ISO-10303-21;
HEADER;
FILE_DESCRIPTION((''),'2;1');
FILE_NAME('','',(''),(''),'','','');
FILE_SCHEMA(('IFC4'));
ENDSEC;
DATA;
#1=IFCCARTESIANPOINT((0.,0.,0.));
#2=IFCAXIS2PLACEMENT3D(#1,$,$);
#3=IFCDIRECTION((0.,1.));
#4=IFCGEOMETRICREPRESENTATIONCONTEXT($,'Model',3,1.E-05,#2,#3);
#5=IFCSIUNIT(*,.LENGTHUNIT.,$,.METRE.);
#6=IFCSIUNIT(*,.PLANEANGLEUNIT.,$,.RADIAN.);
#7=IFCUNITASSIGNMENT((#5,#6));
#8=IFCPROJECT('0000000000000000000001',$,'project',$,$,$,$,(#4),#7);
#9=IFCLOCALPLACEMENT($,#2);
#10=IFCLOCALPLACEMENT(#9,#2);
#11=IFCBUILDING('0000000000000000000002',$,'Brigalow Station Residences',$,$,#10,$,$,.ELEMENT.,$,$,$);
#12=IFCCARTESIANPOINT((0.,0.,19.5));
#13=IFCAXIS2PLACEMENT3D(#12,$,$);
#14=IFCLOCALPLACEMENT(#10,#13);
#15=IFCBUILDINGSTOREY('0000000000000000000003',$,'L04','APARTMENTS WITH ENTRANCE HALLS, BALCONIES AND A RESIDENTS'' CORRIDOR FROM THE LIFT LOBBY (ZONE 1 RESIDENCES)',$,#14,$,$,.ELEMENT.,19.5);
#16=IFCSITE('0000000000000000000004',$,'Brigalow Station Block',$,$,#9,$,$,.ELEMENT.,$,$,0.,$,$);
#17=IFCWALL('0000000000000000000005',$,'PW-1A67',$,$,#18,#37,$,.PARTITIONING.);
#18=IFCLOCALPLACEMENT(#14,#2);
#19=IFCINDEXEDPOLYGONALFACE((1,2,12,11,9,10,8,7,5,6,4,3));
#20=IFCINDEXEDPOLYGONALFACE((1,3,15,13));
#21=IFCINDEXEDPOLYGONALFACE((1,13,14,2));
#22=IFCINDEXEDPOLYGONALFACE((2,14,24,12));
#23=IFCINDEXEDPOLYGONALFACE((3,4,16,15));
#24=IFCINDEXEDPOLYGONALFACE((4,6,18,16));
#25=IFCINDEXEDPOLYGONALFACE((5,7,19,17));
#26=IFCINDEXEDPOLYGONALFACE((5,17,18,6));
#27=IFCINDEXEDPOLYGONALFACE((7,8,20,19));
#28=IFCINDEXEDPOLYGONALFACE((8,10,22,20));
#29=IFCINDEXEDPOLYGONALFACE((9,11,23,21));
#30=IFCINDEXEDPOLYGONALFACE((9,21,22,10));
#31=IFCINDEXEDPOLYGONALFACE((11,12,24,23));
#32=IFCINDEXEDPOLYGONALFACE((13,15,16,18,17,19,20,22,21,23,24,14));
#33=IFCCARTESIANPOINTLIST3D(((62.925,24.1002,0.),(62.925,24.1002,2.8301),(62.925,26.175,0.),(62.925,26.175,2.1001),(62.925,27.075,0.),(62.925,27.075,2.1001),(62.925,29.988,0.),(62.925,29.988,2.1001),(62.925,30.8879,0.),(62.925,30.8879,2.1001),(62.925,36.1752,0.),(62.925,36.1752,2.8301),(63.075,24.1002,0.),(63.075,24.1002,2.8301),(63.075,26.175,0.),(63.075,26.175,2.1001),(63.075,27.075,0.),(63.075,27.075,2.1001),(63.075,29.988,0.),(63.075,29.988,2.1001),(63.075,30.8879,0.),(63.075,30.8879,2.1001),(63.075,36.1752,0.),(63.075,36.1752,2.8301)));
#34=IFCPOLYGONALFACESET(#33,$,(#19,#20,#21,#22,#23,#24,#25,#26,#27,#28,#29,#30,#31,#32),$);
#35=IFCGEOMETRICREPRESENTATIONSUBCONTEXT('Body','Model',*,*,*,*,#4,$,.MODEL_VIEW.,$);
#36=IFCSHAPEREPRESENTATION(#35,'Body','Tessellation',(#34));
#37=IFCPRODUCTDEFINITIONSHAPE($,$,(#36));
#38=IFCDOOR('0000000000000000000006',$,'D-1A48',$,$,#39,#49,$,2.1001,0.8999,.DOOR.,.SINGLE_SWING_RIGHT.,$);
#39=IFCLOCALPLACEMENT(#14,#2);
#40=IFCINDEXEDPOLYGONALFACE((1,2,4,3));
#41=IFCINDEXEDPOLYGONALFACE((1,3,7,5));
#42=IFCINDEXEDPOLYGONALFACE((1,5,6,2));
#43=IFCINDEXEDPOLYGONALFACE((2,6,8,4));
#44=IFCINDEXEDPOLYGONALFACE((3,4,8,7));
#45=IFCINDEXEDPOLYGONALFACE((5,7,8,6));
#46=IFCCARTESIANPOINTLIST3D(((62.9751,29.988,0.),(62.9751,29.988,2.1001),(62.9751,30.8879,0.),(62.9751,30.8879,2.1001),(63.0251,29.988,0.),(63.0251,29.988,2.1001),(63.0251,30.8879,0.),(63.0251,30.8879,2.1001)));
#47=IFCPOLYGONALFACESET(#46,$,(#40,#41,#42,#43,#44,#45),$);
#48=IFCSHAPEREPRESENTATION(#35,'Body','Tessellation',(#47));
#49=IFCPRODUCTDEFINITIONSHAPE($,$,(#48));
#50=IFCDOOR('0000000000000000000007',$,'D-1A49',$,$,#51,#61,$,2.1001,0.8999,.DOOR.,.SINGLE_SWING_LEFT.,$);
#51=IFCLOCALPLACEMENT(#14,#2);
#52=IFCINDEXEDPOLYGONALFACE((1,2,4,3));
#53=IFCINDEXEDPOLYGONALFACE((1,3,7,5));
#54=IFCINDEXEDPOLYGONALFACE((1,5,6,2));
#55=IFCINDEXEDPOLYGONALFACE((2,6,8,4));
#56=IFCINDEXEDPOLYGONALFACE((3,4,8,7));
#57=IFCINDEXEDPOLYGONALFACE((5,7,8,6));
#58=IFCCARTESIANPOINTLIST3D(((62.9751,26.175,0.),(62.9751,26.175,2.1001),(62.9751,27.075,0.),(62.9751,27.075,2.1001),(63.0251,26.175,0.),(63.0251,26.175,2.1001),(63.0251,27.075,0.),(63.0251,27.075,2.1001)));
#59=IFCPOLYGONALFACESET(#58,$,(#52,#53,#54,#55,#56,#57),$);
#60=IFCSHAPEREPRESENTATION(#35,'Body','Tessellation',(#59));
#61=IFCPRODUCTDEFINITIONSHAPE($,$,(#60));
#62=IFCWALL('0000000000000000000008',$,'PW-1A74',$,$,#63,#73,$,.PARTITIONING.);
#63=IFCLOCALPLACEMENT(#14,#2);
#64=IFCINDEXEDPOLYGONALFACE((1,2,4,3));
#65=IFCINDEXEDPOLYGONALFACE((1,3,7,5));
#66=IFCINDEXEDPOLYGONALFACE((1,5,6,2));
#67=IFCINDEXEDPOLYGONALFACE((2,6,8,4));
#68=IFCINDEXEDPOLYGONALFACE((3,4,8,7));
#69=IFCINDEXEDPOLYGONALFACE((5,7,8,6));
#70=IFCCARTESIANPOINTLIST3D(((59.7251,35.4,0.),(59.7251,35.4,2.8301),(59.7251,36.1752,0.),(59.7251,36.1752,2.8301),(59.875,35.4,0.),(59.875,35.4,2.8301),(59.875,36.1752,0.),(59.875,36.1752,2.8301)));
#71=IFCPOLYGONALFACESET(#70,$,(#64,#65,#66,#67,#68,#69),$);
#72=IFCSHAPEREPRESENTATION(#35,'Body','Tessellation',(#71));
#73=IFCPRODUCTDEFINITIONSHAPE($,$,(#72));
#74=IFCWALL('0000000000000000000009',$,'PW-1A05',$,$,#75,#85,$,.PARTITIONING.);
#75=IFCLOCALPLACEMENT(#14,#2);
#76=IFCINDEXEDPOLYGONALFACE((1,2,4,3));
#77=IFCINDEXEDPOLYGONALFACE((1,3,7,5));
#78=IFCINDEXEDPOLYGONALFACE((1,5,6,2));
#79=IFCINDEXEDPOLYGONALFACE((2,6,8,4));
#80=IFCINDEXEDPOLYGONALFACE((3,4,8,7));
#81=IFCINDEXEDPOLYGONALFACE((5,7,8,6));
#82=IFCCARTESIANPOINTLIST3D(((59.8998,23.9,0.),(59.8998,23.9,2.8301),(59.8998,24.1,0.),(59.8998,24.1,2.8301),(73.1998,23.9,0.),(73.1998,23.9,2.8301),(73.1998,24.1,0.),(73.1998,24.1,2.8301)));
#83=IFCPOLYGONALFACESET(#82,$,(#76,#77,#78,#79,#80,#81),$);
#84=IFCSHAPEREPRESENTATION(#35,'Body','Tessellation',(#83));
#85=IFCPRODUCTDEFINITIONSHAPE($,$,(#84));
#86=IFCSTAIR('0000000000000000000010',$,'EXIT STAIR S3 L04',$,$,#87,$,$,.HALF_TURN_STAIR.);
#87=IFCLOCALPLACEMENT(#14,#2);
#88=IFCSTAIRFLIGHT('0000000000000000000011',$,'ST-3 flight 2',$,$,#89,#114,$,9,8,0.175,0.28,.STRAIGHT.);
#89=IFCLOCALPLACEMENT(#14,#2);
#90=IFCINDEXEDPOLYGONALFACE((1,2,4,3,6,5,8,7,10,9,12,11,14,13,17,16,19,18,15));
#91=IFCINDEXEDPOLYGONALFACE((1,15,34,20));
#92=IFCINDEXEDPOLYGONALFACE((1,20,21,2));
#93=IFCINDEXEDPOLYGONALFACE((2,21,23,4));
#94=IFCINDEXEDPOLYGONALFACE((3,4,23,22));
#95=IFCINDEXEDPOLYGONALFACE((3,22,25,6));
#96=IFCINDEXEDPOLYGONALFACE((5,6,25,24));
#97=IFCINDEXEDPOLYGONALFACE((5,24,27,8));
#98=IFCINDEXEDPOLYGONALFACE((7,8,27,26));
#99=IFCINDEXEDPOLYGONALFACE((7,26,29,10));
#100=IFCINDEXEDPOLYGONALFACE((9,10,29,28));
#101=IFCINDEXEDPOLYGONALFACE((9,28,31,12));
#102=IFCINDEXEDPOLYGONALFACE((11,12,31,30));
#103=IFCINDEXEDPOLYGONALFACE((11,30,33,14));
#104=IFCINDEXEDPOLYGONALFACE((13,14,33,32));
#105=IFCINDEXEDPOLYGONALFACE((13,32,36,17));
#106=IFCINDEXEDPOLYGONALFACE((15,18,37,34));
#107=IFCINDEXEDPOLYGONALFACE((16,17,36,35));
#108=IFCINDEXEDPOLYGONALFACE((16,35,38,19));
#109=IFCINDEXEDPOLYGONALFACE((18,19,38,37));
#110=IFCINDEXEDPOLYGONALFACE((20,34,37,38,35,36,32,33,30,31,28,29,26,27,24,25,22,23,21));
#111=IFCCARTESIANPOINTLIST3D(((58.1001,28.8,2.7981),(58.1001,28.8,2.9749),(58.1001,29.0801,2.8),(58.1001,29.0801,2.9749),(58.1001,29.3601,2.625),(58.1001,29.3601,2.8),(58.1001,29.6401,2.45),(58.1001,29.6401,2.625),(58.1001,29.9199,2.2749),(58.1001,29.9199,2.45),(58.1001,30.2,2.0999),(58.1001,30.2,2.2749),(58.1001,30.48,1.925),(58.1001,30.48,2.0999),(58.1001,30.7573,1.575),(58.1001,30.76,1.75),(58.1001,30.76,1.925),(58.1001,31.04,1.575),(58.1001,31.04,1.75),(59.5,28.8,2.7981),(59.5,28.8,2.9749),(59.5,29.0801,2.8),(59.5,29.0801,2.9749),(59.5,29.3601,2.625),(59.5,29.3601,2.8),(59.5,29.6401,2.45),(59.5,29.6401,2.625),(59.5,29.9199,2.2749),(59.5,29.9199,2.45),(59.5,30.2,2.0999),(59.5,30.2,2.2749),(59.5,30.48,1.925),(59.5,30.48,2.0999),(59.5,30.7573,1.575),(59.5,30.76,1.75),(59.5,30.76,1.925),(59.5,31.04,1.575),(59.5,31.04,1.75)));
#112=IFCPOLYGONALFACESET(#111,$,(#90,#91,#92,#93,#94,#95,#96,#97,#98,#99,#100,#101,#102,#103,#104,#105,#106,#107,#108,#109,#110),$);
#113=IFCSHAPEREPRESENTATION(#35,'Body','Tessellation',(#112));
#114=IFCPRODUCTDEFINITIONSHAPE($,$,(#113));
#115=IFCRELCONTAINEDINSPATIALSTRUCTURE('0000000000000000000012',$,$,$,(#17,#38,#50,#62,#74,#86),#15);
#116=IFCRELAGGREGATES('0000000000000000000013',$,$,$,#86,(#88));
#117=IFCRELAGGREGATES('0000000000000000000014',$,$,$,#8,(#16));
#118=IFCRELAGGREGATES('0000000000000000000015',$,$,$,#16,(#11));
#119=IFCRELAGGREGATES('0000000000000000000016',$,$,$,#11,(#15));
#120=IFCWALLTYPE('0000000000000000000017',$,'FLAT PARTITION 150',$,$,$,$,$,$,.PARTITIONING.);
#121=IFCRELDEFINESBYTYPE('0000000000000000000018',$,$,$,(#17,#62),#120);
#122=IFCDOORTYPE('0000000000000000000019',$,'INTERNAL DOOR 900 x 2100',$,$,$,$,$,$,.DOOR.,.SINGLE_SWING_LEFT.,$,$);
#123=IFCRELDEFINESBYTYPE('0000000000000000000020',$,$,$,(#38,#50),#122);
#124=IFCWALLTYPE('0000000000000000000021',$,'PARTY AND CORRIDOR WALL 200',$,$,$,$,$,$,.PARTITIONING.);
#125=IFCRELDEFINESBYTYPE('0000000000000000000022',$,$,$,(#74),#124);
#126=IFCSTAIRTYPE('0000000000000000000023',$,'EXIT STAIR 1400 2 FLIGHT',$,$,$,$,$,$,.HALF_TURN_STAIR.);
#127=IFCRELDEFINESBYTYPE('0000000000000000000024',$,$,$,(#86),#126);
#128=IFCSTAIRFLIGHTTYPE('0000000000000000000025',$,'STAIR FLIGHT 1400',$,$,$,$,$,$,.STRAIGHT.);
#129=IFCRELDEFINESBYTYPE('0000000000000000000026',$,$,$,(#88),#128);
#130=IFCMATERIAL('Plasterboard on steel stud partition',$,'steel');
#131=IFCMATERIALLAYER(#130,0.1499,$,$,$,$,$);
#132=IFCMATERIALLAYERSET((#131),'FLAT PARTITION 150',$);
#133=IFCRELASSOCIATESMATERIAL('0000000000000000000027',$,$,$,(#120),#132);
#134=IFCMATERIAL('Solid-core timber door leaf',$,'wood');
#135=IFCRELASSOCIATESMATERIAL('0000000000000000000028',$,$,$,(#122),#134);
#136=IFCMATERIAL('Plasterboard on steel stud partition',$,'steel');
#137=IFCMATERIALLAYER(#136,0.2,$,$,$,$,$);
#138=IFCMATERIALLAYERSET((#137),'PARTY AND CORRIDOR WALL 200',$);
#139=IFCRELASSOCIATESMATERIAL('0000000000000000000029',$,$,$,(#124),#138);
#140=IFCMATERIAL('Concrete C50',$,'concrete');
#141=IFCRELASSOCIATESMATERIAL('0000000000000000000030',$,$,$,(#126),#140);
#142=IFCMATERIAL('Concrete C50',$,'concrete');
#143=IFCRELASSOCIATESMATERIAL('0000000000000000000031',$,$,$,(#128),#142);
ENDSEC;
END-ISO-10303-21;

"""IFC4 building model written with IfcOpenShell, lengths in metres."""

from ifc_helpers import new_model, si_unit, direction, frame, frame_2d, origin, place, context, subcontext, project, spatial, polyline, rectangle, outline, extrude, material, layer, layer_set, type_object, element, fill, aggregate, save


model = new_model("IFC4")

# Units and contexts
model_context = context("Model", 3, precision=1e-05, world=origin(), true_north=direction((0.0, 1.0)))
body_context = subcontext(model_context, "Body", "Model", "MODEL_VIEW")
ifc_project = project(units=[si_unit("LENGTHUNIT", "METRE"), si_unit("PLANEANGLEUNIT", "RADIAN")], contexts=[model_context])

# Site, building, storey
site_placement = place(None, origin())
site = spatial("IfcSite", under=ifc_project, at=site_placement, Name="Brigalow Station Block", CompositionType="ELEMENT", RefElevation=0.0)
building_placement = place(site_placement, origin())
building = spatial("IfcBuilding", under=site, at=building_placement, Name="Brigalow Station Residences", CompositionType="ELEMENT")
storey_placement = place(building_placement, frame((0.0, 0.0, 19.5)))
storey = spatial("IfcBuildingStorey", under=building, at=storey_placement, Name="L04", Description="APARTMENTS WITH ENTRANCE HALLS, BALCONIES AND A RESIDENTS' CORRIDOR FROM THE LIFT LOBBY (ZONE 1 RESIDENCES)", CompositionType="ELEMENT", Elevation=19.5)

# Shared definitions
ifc_material_1 = material(Name="Plasterboard on steel stud partition", Category="steel")
ifc_layer_1 = layer(ifc_material_1, 0.1499)
ifc_layer_set_1 = layer_set([ifc_layer_1], Name="FLAT PARTITION 150")
wall_type_1 = type_object("IfcWallType", Name="FLAT PARTITION 150", PredefinedType="PARTITIONING", material=ifc_layer_set_1)

# Shared definitions
ifc_material_2 = material(Name="Solid-core timber door leaf", Category="wood")
door_type_1 = type_object("IfcDoorType", Name="INTERNAL DOOR 900 x 2100", OperationType="SINGLE_SWING_LEFT", PredefinedType="DOOR", material=ifc_material_2)

# Wall, openings, doors
wall_1_placement = place(storey_placement, frame((63.0, 24.1001, 0.0), z_axis=(0.0, 0.0, 1.0), x_axis=(0.0, 1.0, 0.0)))
wall_1 = element("IfcWall", 1, at=wall_1_placement, inside=storey, type_object=wall_type_1, Name="PW-1A67", PredefinedType="PARTITIONING", context=body_context, shape_type="SweptSolid", body=[
    extrude(rectangle(XDim=12.075, YDim=0.1499, at=frame_2d((6.0376, 0.0))), origin(), (0.0, 0.0, 1.0), 2.8301),
])
opening_1_placement = place(wall_1_placement, frame((5.8879, 0.0, 0.0)))
opening_1 = element("IfcOpeningElement", 2, at=opening_1_placement, cuts=wall_1, PredefinedType="OPENING", context=body_context, shape_type="SweptSolid", body=[
    extrude(rectangle(XDim=0.8999, YDim=2.1001, at=frame_2d((0.45, 1.05))), frame((0.0, 0.085, 0.0), z_axis=(0.0, -1.0, 0.0), x_axis=(1.0, 0.0, 0.0)), (0.0, 0.0, 1.0), 0.1699),
])
opening_2_placement = place(wall_1_placement, frame((2.075, 0.0, 0.0)))
opening_2 = element("IfcOpeningElement", 3, at=opening_2_placement, cuts=wall_1, PredefinedType="OPENING", context=body_context, shape_type="SweptSolid", body=[
    extrude(rectangle(XDim=0.8999, YDim=2.1001, at=frame_2d((0.45, 1.05))), frame((0.0, 0.085, 0.0), z_axis=(0.0, -1.0, 0.0), x_axis=(1.0, 0.0, 0.0)), (0.0, 0.0, 1.0), 0.1699),
])
door_1_placement = place(opening_1_placement, origin())
door_1 = element("IfcDoor", 4, at=door_1_placement, inside=storey, type_object=door_type_1, Name="D-1A48", OperationType="SINGLE_SWING_RIGHT", OverallHeight=2.1001, OverallWidth=0.8999, PredefinedType="DOOR", context=body_context, shape_type="SweptSolid", body=[
    extrude(rectangle(XDim=0.8999, YDim=2.1001, at=frame_2d((0.45, 1.05))), frame((0.0, 0.0249, 0.0), z_axis=(0.0, -1.0, 0.0), x_axis=(1.0, 0.0, 0.0)), (0.0, 0.0, 1.0), 0.05),
])
fill(opening_1, door_1)
door_2_placement = place(opening_2_placement, origin())
door_2 = element("IfcDoor", 5, at=door_2_placement, inside=storey, type_object=door_type_1, Name="D-1A49", OperationType="SINGLE_SWING_LEFT", OverallHeight=2.1001, OverallWidth=0.8999, PredefinedType="DOOR", context=body_context, shape_type="SweptSolid", body=[
    extrude(rectangle(XDim=0.8999, YDim=2.1001, at=frame_2d((0.45, 1.05))), frame((0.0, 0.0249, 0.0), z_axis=(0.0, -1.0, 0.0), x_axis=(1.0, 0.0, 0.0)), (0.0, 0.0, 1.0), 0.05),
])
fill(opening_2, door_2)

# Walls
wall_2_placement = place(storey_placement, frame((59.8, 35.3999, 0.0), z_axis=(0.0, 0.0, 1.0), x_axis=(0.0, 1.0, 0.0)))
element("IfcWall", 6, at=wall_2_placement, inside=storey, type_object=wall_type_1, Name="PW-1A74", PredefinedType="PARTITIONING", context=body_context, shape_type="SweptSolid", body=[
    extrude(rectangle(XDim=0.7751, YDim=0.1499, at=frame_2d((0.3877, 0.0))), origin(), (0.0, 0.0, 1.0), 2.8301),
])
ifc_material_3 = material(Name="Plasterboard on steel stud partition", Category="steel")
ifc_layer_2 = layer(ifc_material_3, 0.2)
ifc_layer_set_2 = layer_set([ifc_layer_2], Name="PARTY AND CORRIDOR WALL 200")
wall_type_2 = type_object("IfcWallType", Name="PARTY AND CORRIDOR WALL 200", PredefinedType="PARTITIONING", material=ifc_layer_set_2)
wall_3_placement = place(storey_placement, frame((59.8999, 24.0, 0.0), z_axis=(0.0, 0.0, 1.0), x_axis=(1.0, 0.0, 0.0)))
element("IfcWall", 7, at=wall_3_placement, inside=storey, type_object=wall_type_2, Name="PW-1A05", PredefinedType="PARTITIONING", context=body_context, shape_type="SweptSolid", body=[
    extrude(rectangle(XDim=13.3, YDim=0.2, at=frame_2d((6.6499, 0.0))), origin(), (0.0, 0.0, 1.0), 2.8301),
])

# Stair, stair flight
ifc_material_4 = material(Name="Concrete C50", Category="concrete")
stair_type = type_object("IfcStairType", Name="EXIT STAIR 1400 2 FLIGHT", PredefinedType="HALF_TURN_STAIR", material=ifc_material_4)
stair_placement = place(storey_placement, origin())
stair = element("IfcStair", 8, at=stair_placement, inside=storey, type_object=stair_type, Name="EXIT STAIR S3 L04", PredefinedType="HALF_TURN_STAIR")
ifc_material_5 = material(Name="Concrete C50", Category="concrete")
stair_flight_type = type_object("IfcStairFlightType", Name="STAIR FLIGHT 1400", PredefinedType="STRAIGHT", material=ifc_material_5)
stair_flight_placement = place(storey_placement, frame((58.8, 31.04, 1.575), z_axis=(0.0, 0.0, 1.0), x_axis=(0.0, -1.0, 0.0)))
stair_flight = element("IfcStairFlight", 9, at=stair_flight_placement, type_object=stair_flight_type, Name="ST-3 flight 2", NumberOfRisers=9, NumberOfTreads=8, PredefinedType="STRAIGHT", RiserHeight=0.175, TreadLength=0.28, context=body_context, shape_type="SweptSolid", body=[
    extrude(outline(polyline([(0.0, 0.0), (0.0, 0.175), (0.28, 0.175), (0.28, 0.3501), (0.5601, 0.3501), (0.5601, 0.5249), (0.8401, 0.5249), (0.8401, 0.7), (1.1201, 0.7), (1.1201, 0.875), (1.3999, 0.875), (1.3999, 1.05), (1.6799, 1.05), (1.6799, 1.2251), (1.96, 1.2251), (1.96, 1.3999), (2.24, 1.3999), (2.24, 1.575), (2.24, 1.2231), (0.2827, 0.0), (0.0, 0.0)])), frame((0.0, 0.7, 0.0), z_axis=(0.0, -1.0, 0.0), x_axis=(1.0, 0.0, 0.0)), (0.0, 0.0, 1.0), 1.3999),
])
aggregate(stair, [stair_flight])

save(model, "model.ifc")
